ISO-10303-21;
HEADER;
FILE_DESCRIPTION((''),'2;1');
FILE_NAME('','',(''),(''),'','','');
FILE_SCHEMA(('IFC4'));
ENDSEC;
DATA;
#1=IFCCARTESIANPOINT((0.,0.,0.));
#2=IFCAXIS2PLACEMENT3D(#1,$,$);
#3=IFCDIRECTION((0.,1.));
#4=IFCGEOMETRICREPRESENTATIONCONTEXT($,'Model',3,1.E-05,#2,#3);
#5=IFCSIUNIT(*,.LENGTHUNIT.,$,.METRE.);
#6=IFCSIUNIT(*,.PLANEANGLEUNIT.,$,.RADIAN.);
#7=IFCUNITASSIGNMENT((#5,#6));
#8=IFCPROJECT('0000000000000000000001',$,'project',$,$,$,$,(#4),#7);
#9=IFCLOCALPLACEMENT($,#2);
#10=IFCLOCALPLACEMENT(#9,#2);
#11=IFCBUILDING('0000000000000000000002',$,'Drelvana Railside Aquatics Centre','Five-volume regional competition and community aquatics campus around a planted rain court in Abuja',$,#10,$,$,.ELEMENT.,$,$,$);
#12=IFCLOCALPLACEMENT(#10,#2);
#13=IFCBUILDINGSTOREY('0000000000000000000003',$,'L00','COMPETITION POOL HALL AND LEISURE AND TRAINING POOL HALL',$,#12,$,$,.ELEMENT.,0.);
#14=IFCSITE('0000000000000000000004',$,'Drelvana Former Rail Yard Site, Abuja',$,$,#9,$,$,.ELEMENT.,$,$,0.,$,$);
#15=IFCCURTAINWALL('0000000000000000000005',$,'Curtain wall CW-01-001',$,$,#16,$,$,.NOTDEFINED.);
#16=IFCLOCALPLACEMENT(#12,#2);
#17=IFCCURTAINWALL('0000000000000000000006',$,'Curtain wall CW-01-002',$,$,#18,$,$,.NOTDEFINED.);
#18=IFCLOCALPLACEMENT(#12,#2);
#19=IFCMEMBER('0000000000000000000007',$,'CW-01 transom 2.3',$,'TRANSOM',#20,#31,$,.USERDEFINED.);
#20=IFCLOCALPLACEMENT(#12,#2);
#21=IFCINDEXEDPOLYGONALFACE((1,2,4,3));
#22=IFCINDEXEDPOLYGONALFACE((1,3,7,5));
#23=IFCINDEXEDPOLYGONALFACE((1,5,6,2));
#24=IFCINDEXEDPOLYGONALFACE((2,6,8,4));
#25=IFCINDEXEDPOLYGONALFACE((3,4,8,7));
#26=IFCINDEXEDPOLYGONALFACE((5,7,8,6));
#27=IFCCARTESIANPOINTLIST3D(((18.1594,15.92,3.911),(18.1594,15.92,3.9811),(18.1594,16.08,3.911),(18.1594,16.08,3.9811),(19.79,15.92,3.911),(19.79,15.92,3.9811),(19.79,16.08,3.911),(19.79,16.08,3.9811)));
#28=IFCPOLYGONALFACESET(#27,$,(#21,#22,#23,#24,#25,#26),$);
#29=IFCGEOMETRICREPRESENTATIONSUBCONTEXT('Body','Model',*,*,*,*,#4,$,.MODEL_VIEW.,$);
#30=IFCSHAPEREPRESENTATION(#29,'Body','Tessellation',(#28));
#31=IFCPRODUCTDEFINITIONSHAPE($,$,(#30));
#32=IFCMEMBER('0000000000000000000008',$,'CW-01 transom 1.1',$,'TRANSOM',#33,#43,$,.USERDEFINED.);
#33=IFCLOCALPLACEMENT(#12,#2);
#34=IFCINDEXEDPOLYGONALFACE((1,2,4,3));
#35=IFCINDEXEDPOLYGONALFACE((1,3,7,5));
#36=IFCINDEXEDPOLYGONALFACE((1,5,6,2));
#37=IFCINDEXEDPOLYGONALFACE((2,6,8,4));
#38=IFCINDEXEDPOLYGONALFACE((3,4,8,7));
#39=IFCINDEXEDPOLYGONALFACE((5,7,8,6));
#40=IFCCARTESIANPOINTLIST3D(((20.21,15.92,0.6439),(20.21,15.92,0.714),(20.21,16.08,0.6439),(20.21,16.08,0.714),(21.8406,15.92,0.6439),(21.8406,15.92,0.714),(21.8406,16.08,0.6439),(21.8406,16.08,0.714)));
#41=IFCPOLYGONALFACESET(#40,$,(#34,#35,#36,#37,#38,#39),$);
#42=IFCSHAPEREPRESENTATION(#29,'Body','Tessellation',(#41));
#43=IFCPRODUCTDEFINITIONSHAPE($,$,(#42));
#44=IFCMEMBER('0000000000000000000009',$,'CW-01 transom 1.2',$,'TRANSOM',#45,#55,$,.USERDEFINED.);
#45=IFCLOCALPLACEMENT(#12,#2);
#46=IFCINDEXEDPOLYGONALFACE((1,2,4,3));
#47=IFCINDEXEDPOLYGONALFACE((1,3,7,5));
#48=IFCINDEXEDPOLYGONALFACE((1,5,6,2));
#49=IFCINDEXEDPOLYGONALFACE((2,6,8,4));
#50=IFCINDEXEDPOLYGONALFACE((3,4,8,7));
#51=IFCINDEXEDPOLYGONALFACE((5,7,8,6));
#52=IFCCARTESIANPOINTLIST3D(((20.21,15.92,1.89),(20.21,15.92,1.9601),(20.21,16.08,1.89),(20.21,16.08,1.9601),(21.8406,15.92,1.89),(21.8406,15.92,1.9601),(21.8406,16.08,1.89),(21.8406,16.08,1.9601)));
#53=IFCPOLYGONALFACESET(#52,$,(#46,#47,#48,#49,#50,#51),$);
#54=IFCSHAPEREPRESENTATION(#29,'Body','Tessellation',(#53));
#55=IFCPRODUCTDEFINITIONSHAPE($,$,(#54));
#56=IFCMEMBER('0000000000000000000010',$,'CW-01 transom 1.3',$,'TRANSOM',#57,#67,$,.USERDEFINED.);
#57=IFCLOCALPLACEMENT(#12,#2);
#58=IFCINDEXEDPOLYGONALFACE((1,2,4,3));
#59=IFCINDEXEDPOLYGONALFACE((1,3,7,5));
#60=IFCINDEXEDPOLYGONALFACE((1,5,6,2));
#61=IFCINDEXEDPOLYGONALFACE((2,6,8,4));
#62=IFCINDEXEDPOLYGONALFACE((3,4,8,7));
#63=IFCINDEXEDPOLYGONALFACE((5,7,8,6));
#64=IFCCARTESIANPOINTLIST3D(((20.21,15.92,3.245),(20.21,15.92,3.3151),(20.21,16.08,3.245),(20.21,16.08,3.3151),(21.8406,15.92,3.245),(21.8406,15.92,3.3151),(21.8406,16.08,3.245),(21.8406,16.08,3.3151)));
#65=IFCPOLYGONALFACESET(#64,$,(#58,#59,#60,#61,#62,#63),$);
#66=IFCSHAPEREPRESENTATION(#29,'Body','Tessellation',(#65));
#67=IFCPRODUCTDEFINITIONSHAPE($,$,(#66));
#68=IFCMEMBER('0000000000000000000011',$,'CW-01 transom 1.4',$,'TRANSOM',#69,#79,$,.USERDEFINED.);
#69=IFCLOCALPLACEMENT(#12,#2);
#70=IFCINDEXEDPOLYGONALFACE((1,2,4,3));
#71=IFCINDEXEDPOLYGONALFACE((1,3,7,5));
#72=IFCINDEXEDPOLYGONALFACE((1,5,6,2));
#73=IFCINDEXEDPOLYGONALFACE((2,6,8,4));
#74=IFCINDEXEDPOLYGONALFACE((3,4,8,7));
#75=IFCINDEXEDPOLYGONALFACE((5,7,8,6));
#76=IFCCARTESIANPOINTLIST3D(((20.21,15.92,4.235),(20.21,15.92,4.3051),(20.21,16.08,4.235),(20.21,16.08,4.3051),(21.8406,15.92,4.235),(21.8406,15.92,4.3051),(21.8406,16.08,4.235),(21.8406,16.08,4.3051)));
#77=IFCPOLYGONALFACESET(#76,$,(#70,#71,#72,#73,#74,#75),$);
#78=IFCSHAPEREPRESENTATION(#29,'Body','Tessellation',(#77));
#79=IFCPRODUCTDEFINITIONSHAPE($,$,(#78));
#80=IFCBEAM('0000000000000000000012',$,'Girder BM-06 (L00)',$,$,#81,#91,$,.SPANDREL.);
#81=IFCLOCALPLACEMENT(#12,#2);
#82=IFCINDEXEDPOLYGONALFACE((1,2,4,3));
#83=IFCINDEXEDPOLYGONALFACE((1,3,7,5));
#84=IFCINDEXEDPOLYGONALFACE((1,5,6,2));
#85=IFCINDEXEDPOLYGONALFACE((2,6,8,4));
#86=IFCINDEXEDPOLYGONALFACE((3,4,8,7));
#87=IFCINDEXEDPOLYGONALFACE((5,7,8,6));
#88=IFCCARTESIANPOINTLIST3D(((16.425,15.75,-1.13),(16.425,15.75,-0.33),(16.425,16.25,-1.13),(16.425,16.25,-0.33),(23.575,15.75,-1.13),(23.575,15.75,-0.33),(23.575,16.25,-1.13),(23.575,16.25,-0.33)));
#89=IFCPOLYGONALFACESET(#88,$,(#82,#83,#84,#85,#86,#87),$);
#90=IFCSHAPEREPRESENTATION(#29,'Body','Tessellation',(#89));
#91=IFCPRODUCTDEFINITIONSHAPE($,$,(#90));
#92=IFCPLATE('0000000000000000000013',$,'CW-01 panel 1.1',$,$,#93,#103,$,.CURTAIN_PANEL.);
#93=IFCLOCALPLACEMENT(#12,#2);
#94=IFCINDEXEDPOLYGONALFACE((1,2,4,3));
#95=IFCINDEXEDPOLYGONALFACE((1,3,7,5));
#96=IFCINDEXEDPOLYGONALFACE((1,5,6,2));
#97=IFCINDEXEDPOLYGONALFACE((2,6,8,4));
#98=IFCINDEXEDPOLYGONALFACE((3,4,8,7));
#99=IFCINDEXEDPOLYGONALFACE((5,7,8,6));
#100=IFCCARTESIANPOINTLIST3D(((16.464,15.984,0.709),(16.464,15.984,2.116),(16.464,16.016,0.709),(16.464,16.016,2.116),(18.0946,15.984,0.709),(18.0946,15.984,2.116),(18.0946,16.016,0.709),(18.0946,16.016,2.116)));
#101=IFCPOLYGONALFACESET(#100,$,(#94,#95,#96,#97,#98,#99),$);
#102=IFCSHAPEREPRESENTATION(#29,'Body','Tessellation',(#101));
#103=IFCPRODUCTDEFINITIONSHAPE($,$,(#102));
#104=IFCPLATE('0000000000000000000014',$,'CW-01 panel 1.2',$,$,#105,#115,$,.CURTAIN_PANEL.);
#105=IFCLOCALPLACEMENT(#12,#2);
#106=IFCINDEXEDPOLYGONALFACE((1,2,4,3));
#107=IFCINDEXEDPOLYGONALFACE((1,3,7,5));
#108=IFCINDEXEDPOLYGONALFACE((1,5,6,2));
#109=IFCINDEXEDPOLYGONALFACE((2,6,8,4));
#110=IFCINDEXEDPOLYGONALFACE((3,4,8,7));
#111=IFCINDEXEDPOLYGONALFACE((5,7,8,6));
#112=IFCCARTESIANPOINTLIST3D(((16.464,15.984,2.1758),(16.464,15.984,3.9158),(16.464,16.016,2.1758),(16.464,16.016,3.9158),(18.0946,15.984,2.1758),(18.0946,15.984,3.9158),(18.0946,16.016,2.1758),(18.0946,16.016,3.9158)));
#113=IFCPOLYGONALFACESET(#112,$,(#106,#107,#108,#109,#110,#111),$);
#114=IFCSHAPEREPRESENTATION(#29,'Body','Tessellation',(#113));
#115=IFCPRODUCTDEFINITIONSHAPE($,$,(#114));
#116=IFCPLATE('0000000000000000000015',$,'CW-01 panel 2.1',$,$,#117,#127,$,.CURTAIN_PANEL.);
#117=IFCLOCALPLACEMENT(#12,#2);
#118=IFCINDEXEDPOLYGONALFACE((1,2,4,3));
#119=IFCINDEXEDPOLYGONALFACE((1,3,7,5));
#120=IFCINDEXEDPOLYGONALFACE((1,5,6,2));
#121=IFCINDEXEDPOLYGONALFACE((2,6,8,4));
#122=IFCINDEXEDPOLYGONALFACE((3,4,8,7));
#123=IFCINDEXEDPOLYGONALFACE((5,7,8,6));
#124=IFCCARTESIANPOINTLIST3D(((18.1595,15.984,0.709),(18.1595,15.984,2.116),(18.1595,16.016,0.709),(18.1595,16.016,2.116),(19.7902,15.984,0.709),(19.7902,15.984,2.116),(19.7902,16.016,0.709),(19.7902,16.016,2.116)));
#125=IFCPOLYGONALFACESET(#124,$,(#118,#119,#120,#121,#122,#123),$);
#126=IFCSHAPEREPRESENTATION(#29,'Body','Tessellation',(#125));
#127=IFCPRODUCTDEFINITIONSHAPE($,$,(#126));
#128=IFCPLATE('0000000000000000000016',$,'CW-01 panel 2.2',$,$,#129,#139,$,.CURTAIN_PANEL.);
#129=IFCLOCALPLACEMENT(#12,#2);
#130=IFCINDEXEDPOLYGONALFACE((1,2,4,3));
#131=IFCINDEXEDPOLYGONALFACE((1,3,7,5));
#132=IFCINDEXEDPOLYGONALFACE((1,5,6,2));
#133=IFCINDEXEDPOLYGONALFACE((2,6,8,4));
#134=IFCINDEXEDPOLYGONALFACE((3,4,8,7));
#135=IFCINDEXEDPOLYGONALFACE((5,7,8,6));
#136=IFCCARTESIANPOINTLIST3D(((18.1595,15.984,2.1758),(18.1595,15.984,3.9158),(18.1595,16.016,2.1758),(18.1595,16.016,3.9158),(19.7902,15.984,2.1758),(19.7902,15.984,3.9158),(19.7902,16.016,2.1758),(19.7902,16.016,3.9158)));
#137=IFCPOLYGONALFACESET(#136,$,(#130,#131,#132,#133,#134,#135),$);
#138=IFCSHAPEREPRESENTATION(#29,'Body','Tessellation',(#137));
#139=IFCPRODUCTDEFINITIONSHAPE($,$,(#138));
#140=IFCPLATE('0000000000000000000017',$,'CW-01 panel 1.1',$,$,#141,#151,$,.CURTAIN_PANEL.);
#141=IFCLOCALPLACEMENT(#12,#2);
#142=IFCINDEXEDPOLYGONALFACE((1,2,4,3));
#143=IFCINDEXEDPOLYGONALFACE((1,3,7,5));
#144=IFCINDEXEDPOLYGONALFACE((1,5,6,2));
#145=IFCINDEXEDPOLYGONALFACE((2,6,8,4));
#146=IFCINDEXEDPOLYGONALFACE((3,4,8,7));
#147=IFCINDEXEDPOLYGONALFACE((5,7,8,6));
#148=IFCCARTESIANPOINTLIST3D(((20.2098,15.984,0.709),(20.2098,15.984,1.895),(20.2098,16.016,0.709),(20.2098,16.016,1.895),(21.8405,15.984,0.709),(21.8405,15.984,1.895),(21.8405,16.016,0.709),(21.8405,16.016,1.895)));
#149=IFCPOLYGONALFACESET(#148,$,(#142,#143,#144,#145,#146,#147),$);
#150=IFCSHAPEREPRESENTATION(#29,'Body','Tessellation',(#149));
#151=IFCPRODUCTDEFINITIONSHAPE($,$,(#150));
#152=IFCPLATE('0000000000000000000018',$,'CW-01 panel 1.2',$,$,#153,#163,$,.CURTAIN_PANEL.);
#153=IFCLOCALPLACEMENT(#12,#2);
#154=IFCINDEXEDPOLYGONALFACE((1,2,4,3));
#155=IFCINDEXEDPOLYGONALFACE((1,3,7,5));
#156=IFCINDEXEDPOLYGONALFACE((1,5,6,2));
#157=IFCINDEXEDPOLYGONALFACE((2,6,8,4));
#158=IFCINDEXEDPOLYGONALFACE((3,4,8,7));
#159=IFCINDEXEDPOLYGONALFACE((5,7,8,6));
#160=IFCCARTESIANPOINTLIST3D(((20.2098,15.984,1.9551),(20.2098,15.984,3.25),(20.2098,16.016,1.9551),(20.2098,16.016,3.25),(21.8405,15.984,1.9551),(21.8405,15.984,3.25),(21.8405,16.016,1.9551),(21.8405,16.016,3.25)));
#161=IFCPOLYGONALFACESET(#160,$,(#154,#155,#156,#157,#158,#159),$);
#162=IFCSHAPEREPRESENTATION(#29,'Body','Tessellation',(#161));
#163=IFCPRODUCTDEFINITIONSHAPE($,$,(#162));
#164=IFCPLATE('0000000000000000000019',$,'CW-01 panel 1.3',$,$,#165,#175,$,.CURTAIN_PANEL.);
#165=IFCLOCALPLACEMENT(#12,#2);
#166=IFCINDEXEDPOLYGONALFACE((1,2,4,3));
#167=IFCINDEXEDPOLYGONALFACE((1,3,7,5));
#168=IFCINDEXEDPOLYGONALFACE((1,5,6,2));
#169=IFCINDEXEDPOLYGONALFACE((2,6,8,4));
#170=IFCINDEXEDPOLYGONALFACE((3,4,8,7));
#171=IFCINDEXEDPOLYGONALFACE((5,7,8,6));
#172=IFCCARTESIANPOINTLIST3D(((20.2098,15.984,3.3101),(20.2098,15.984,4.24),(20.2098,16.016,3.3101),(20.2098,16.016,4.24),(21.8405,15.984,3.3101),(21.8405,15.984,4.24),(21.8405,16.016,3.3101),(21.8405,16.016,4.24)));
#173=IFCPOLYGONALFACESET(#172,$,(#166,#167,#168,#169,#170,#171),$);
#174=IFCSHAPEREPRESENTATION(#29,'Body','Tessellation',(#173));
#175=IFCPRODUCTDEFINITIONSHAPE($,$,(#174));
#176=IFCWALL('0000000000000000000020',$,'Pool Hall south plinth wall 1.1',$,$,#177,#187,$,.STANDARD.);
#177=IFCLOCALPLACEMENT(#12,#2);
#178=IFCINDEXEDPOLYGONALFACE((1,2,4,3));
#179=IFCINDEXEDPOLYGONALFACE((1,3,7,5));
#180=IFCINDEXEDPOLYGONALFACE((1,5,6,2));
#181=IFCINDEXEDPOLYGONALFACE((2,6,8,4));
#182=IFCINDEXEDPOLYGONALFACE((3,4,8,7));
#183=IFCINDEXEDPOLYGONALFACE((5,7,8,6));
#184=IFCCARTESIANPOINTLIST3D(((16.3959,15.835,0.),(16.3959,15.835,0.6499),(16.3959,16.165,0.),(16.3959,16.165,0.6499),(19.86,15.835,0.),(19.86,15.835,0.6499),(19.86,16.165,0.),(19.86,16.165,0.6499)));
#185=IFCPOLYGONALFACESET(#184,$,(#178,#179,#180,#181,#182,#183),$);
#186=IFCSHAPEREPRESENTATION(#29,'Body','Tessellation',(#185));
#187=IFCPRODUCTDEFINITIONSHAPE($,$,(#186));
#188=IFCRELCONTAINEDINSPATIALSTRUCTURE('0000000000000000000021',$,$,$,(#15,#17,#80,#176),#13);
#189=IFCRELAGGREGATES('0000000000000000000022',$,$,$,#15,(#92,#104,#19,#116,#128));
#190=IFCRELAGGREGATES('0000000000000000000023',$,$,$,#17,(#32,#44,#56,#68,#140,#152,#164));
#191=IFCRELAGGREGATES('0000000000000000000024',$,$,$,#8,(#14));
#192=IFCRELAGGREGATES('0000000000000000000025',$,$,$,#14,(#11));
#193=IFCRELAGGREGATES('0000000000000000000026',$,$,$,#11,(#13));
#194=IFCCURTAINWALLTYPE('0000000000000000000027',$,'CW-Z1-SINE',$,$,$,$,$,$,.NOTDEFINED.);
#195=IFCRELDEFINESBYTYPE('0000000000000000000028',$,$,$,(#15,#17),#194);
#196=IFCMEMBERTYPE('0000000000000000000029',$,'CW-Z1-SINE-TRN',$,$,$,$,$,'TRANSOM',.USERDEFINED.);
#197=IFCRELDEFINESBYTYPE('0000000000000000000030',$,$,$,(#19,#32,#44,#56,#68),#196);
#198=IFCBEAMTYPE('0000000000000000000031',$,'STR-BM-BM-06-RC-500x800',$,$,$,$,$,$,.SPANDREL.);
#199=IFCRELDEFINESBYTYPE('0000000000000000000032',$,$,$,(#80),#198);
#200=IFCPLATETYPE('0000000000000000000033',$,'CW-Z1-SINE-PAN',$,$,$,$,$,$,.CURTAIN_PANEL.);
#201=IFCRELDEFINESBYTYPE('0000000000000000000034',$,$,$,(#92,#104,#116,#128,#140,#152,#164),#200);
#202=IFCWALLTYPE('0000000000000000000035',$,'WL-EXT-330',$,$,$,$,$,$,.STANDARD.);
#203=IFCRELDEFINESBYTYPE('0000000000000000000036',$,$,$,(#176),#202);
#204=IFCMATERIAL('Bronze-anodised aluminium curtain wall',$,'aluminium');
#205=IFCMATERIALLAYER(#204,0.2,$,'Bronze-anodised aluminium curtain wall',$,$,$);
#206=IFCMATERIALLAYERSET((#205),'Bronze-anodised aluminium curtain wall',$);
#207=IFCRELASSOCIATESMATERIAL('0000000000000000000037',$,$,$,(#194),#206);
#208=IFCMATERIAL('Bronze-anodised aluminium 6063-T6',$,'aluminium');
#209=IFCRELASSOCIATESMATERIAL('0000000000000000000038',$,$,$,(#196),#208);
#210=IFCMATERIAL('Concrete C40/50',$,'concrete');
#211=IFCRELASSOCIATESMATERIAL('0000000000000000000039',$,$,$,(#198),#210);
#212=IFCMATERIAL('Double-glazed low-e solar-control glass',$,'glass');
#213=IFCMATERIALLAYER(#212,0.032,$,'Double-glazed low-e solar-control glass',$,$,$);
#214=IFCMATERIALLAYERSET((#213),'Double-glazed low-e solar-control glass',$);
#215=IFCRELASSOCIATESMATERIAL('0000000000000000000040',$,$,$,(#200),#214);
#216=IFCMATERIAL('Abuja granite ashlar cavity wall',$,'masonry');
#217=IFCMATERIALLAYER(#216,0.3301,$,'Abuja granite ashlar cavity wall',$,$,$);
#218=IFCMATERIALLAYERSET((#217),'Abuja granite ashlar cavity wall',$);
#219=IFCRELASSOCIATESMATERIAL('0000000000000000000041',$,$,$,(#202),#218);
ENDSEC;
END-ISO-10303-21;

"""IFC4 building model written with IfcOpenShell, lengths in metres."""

from ifc_helpers import new_model, si_unit, direction, frame, frame_2d, origin, origin_2d, place, context, subcontext, project, spatial, rectangle, extrude, material, layer, layer_set, material_profile, profile_set, type_object, element, aggregate, save


model = new_model("IFC4")

# Units and contexts
model_context = context("Model", 3, precision=1e-05, world=origin(), true_north=direction((0.0, 1.0)))
body_context = subcontext(model_context, "Body", "Model", "MODEL_VIEW")
ifc_project = project(units=[si_unit("LENGTHUNIT", "METRE"), si_unit("PLANEANGLEUNIT", "RADIAN")], contexts=[model_context])

# Site, building, storey
site_placement = place(None, origin())
site = spatial("IfcSite", under=ifc_project, at=site_placement, Name="Drelvana Former Rail Yard Site, Abuja", CompositionType="ELEMENT", RefElevation=0.0)
building_placement = place(site_placement, origin())
building = spatial("IfcBuilding", under=site, at=building_placement, Name="Drelvana Railside Aquatics Centre", Description="Five-volume regional competition and community aquatics campus around a planted rain court in Abuja", CompositionType="ELEMENT")
storey_placement = place(building_placement, origin())
storey = spatial("IfcBuildingStorey", under=building, at=storey_placement, Name="L00", Description="COMPETITION POOL HALL AND LEISURE AND TRAINING POOL HALL", CompositionType="ELEMENT", Elevation=0.0)

# Shared definitions
ifc_material_1 = material(Name="Concrete C40/50", Category="concrete")

# Curtain wall
ifc_material_2 = material(Name="Bronze-anodised aluminium curtain wall", Category="aluminium")
ifc_layer_1 = layer(ifc_material_2, 0.2, Name="Bronze-anodised aluminium curtain wall")
ifc_layer_set_1 = layer_set([ifc_layer_1], Name="Bronze-anodised aluminium curtain wall")
curtain_wall_type = type_object("IfcCurtainWallType", Name="CW-Z1-SINE", PredefinedType="NOTDEFINED", material=ifc_layer_set_1)
curtain_wall_1_placement = place(storey_placement, origin())
curtain_wall_1 = element("IfcCurtainWall", 1, at=curtain_wall_1_placement, inside=storey, type_object=curtain_wall_type, Name="Curtain wall CW-01-001", PredefinedType="NOTDEFINED")
ifc_material_3 = material(Name="Bronze-anodised aluminium 6063-T6", Category="aluminium")

# Curtain wall
curtain_wall_2_placement = place(storey_placement, origin())
curtain_wall_2 = element("IfcCurtainWall", 2, at=curtain_wall_2_placement, inside=storey, type_object=curtain_wall_type, Name="Curtain wall CW-01-002", PredefinedType="NOTDEFINED")

# Members
ifc_material_profile_1 = material_profile(ifc_material_3, rectangle(XDim=0.1599, YDim=0.0701, at=origin_2d()), Name="ALU-T 70x160")
ifc_profile_set_1 = profile_set([ifc_material_profile_1], Name="Bronze-anodised aluminium 6063-T6")
member_type_1 = type_object("IfcMemberType", Name="CW-Z1-SINE-TRN", ElementType="TRANSOM", PredefinedType="USERDEFINED", material=ifc_profile_set_1)
member_1_placement = place(storey_placement, frame((18.1594, 16.0, 3.946), z_axis=(1.0, 0.0, 0.0), x_axis=(0.0, 1.0, 0.0)))
member_1 = element("IfcMember", 3, at=member_1_placement, type_object=member_type_1, Name="CW-01 transom 2.3", ObjectType="TRANSOM", PredefinedType="USERDEFINED", context=body_context, shape_type="SweptSolid", body=[
    extrude(rectangle(XDim=0.1599, YDim=0.0701, at=origin_2d()), origin(), (0.0, 0.0, 1.0), 1.6306),
])
member_2_placement = place(storey_placement, frame((20.21, 16.0, 0.679), z_axis=(1.0, 0.0, 0.0), x_axis=(0.0, 1.0, 0.0)))
member_2 = element("IfcMember", 4, at=member_2_placement, type_object=member_type_1, Name="CW-01 transom 1.1", ObjectType="TRANSOM", PredefinedType="USERDEFINED", context=body_context, shape_type="SweptSolid", body=[
    extrude(rectangle(XDim=0.1599, YDim=0.0701, at=origin_2d()), origin(), (0.0, 0.0, 1.0), 1.6306),
])
member_3_placement = place(storey_placement, frame((20.21, 16.0, 1.925), z_axis=(1.0, 0.0, 0.0), x_axis=(0.0, 1.0, 0.0)))
member_3 = element("IfcMember", 5, at=member_3_placement, type_object=member_type_1, Name="CW-01 transom 1.2", ObjectType="TRANSOM", PredefinedType="USERDEFINED", context=body_context, shape_type="SweptSolid", body=[
    extrude(rectangle(XDim=0.1599, YDim=0.0701, at=origin_2d()), origin(), (0.0, 0.0, 1.0), 1.6306),
])
member_4_placement = place(storey_placement, frame((20.21, 16.0, 3.28), z_axis=(1.0, 0.0, 0.0), x_axis=(0.0, 1.0, 0.0)))
member_4 = element("IfcMember", 6, at=member_4_placement, type_object=member_type_1, Name="CW-01 transom 1.3", ObjectType="TRANSOM", PredefinedType="USERDEFINED", context=body_context, shape_type="SweptSolid", body=[
    extrude(rectangle(XDim=0.1599, YDim=0.0701, at=origin_2d()), origin(), (0.0, 0.0, 1.0), 1.6306),
])
member_5_placement = place(storey_placement, frame((20.21, 16.0, 4.27), z_axis=(1.0, 0.0, 0.0), x_axis=(0.0, 1.0, 0.0)))
member_5 = element("IfcMember", 7, at=member_5_placement, type_object=member_type_1, Name="CW-01 transom 1.4", ObjectType="TRANSOM", PredefinedType="USERDEFINED", context=body_context, shape_type="SweptSolid", body=[
    extrude(rectangle(XDim=0.1599, YDim=0.0701, at=origin_2d()), origin(), (0.0, 0.0, 1.0), 1.6306),
])

# Beam
ifc_material_profile_2 = material_profile(ifc_material_1, rectangle(XDim=0.5, YDim=0.8, at=origin_2d()), Name="RC 500x800")
ifc_profile_set_2 = profile_set([ifc_material_profile_2], Name="Concrete C40/50")
beam_type = type_object("IfcBeamType", Name="STR-BM-BM-06-RC-500x800", PredefinedType="SPANDREL", material=ifc_profile_set_2)
beam_placement = place(storey_placement, frame((16.425, 16.0, -0.73), z_axis=(1.0, 0.0, 0.0), x_axis=(0.0, 1.0, 0.0)))
element("IfcBeam", 8, at=beam_placement, inside=storey, type_object=beam_type, Name="Girder BM-06 (L00)", PredefinedType="SPANDREL", context=body_context, shape_type="SweptSolid", body=[
    extrude(rectangle(XDim=0.5, YDim=0.8, at=origin_2d()), origin(), (0.0, 0.0, 1.0), 7.1499),
])

# Plates
ifc_material_4 = material(Name="Double-glazed low-e solar-control glass", Category="glass")
ifc_layer_2 = layer(ifc_material_4, 0.032, Name="Double-glazed low-e solar-control glass")
ifc_layer_set_2 = layer_set([ifc_layer_2], Name="Double-glazed low-e solar-control glass")
plate_type = type_object("IfcPlateType", Name="CW-Z1-SINE-PAN", PredefinedType="CURTAIN_PANEL", material=ifc_layer_set_2)
plate_1_placement = place(storey_placement, frame((17.2793, 16.0, 0.709), z_axis=(0.0, 0.0, 1.0), x_axis=(1.0, 0.0, 0.0)))
plate_1 = element("IfcPlate", 9, at=plate_1_placement, type_object=plate_type, Name="CW-01 panel 1.1", PredefinedType="CURTAIN_PANEL", context=body_context, shape_type="SweptSolid", body=[
    extrude(rectangle(XDim=1.6306, YDim=0.032, at=origin_2d()), origin(), (0.0, 0.0, 1.0), 1.407),
])
plate_2_placement = place(storey_placement, frame((17.2793, 16.0, 2.1758), z_axis=(0.0, 0.0, 1.0), x_axis=(1.0, 0.0, 0.0)))
plate_2 = element("IfcPlate", 10, at=plate_2_placement, type_object=plate_type, Name="CW-01 panel 1.2", PredefinedType="CURTAIN_PANEL", context=body_context, shape_type="SweptSolid", body=[
    extrude(rectangle(XDim=1.6306, YDim=0.032, at=origin_2d()), origin(), (0.0, 0.0, 1.0), 1.74),
])
plate_3_placement = place(storey_placement, frame((18.9749, 16.0, 0.709), z_axis=(0.0, 0.0, 1.0), x_axis=(1.0, 0.0, 0.0)))
plate_3 = element("IfcPlate", 11, at=plate_3_placement, type_object=plate_type, Name="CW-01 panel 2.1", PredefinedType="CURTAIN_PANEL", context=body_context, shape_type="SweptSolid", body=[
    extrude(rectangle(XDim=1.6306, YDim=0.032, at=origin_2d()), origin(), (0.0, 0.0, 1.0), 1.407),
])
plate_4_placement = place(storey_placement, frame((18.9749, 16.0, 2.1758), z_axis=(0.0, 0.0, 1.0), x_axis=(1.0, 0.0, 0.0)))
plate_4 = element("IfcPlate", 12, at=plate_4_placement, type_object=plate_type, Name="CW-01 panel 2.2", PredefinedType="CURTAIN_PANEL", context=body_context, shape_type="SweptSolid", body=[
    extrude(rectangle(XDim=1.6306, YDim=0.032, at=origin_2d()), origin(), (0.0, 0.0, 1.0), 1.74),
])
aggregate(curtain_wall_1, [plate_1, plate_2, member_1, plate_3, plate_4])
plate_5_placement = place(storey_placement, frame((21.0251, 16.0, 0.709), z_axis=(0.0, 0.0, 1.0), x_axis=(1.0, 0.0, 0.0)))
plate_5 = element("IfcPlate", 13, at=plate_5_placement, type_object=plate_type, Name="CW-01 panel 1.1", PredefinedType="CURTAIN_PANEL", context=body_context, shape_type="SweptSolid", body=[
    extrude(rectangle(XDim=1.6306, YDim=0.032, at=origin_2d()), origin(), (0.0, 0.0, 1.0), 1.186),
])
plate_6_placement = place(storey_placement, frame((21.0251, 16.0, 1.9551), z_axis=(0.0, 0.0, 1.0), x_axis=(1.0, 0.0, 0.0)))
plate_6 = element("IfcPlate", 14, at=plate_6_placement, type_object=plate_type, Name="CW-01 panel 1.2", PredefinedType="CURTAIN_PANEL", context=body_context, shape_type="SweptSolid", body=[
    extrude(rectangle(XDim=1.6306, YDim=0.032, at=origin_2d()), origin(), (0.0, 0.0, 1.0), 1.2949),
])
plate_7_placement = place(storey_placement, frame((21.0251, 16.0, 3.3101), z_axis=(0.0, 0.0, 1.0), x_axis=(1.0, 0.0, 0.0)))
plate_7 = element("IfcPlate", 15, at=plate_7_placement, type_object=plate_type, Name="CW-01 panel 1.3", PredefinedType="CURTAIN_PANEL", context=body_context, shape_type="SweptSolid", body=[
    extrude(rectangle(XDim=1.6306, YDim=0.032, at=origin_2d()), origin(), (0.0, 0.0, 1.0), 0.9299),
])
aggregate(curtain_wall_2, [member_2, member_3, member_4, member_5, plate_5, plate_6, plate_7])

# Wall
ifc_material_5 = material(Name="Abuja granite ashlar cavity wall", Category="masonry")
ifc_layer_3 = layer(ifc_material_5, 0.3301, Name="Abuja granite ashlar cavity wall")
ifc_layer_set_3 = layer_set([ifc_layer_3], Name="Abuja granite ashlar cavity wall")
wall_type = type_object("IfcWallType", Name="WL-EXT-330", PredefinedType="STANDARD", material=ifc_layer_set_3)
for number, where, z_axis, x_axis, name in (
    (16, (16.396, 16.0, 0.0), (0.0, 0.0, 1.0), (1.0, 0.0, 0.0), "Pool Hall south plinth wall 1.1"),
):
    element("IfcWall", number, at=place(storey_placement, frame(where, z_axis=z_axis, x_axis=x_axis)), inside=storey, type_object=wall_type, Name=name, PredefinedType="STANDARD", context=body_context, shape_type="SweptSolid", body=[
        extrude(rectangle(XDim=3.4641, YDim=0.3301, at=frame_2d((1.7319, 0.0))), origin(), (0.0, 0.0, 1.0), 0.6499),
    ])

save(model, "model.ifc")
